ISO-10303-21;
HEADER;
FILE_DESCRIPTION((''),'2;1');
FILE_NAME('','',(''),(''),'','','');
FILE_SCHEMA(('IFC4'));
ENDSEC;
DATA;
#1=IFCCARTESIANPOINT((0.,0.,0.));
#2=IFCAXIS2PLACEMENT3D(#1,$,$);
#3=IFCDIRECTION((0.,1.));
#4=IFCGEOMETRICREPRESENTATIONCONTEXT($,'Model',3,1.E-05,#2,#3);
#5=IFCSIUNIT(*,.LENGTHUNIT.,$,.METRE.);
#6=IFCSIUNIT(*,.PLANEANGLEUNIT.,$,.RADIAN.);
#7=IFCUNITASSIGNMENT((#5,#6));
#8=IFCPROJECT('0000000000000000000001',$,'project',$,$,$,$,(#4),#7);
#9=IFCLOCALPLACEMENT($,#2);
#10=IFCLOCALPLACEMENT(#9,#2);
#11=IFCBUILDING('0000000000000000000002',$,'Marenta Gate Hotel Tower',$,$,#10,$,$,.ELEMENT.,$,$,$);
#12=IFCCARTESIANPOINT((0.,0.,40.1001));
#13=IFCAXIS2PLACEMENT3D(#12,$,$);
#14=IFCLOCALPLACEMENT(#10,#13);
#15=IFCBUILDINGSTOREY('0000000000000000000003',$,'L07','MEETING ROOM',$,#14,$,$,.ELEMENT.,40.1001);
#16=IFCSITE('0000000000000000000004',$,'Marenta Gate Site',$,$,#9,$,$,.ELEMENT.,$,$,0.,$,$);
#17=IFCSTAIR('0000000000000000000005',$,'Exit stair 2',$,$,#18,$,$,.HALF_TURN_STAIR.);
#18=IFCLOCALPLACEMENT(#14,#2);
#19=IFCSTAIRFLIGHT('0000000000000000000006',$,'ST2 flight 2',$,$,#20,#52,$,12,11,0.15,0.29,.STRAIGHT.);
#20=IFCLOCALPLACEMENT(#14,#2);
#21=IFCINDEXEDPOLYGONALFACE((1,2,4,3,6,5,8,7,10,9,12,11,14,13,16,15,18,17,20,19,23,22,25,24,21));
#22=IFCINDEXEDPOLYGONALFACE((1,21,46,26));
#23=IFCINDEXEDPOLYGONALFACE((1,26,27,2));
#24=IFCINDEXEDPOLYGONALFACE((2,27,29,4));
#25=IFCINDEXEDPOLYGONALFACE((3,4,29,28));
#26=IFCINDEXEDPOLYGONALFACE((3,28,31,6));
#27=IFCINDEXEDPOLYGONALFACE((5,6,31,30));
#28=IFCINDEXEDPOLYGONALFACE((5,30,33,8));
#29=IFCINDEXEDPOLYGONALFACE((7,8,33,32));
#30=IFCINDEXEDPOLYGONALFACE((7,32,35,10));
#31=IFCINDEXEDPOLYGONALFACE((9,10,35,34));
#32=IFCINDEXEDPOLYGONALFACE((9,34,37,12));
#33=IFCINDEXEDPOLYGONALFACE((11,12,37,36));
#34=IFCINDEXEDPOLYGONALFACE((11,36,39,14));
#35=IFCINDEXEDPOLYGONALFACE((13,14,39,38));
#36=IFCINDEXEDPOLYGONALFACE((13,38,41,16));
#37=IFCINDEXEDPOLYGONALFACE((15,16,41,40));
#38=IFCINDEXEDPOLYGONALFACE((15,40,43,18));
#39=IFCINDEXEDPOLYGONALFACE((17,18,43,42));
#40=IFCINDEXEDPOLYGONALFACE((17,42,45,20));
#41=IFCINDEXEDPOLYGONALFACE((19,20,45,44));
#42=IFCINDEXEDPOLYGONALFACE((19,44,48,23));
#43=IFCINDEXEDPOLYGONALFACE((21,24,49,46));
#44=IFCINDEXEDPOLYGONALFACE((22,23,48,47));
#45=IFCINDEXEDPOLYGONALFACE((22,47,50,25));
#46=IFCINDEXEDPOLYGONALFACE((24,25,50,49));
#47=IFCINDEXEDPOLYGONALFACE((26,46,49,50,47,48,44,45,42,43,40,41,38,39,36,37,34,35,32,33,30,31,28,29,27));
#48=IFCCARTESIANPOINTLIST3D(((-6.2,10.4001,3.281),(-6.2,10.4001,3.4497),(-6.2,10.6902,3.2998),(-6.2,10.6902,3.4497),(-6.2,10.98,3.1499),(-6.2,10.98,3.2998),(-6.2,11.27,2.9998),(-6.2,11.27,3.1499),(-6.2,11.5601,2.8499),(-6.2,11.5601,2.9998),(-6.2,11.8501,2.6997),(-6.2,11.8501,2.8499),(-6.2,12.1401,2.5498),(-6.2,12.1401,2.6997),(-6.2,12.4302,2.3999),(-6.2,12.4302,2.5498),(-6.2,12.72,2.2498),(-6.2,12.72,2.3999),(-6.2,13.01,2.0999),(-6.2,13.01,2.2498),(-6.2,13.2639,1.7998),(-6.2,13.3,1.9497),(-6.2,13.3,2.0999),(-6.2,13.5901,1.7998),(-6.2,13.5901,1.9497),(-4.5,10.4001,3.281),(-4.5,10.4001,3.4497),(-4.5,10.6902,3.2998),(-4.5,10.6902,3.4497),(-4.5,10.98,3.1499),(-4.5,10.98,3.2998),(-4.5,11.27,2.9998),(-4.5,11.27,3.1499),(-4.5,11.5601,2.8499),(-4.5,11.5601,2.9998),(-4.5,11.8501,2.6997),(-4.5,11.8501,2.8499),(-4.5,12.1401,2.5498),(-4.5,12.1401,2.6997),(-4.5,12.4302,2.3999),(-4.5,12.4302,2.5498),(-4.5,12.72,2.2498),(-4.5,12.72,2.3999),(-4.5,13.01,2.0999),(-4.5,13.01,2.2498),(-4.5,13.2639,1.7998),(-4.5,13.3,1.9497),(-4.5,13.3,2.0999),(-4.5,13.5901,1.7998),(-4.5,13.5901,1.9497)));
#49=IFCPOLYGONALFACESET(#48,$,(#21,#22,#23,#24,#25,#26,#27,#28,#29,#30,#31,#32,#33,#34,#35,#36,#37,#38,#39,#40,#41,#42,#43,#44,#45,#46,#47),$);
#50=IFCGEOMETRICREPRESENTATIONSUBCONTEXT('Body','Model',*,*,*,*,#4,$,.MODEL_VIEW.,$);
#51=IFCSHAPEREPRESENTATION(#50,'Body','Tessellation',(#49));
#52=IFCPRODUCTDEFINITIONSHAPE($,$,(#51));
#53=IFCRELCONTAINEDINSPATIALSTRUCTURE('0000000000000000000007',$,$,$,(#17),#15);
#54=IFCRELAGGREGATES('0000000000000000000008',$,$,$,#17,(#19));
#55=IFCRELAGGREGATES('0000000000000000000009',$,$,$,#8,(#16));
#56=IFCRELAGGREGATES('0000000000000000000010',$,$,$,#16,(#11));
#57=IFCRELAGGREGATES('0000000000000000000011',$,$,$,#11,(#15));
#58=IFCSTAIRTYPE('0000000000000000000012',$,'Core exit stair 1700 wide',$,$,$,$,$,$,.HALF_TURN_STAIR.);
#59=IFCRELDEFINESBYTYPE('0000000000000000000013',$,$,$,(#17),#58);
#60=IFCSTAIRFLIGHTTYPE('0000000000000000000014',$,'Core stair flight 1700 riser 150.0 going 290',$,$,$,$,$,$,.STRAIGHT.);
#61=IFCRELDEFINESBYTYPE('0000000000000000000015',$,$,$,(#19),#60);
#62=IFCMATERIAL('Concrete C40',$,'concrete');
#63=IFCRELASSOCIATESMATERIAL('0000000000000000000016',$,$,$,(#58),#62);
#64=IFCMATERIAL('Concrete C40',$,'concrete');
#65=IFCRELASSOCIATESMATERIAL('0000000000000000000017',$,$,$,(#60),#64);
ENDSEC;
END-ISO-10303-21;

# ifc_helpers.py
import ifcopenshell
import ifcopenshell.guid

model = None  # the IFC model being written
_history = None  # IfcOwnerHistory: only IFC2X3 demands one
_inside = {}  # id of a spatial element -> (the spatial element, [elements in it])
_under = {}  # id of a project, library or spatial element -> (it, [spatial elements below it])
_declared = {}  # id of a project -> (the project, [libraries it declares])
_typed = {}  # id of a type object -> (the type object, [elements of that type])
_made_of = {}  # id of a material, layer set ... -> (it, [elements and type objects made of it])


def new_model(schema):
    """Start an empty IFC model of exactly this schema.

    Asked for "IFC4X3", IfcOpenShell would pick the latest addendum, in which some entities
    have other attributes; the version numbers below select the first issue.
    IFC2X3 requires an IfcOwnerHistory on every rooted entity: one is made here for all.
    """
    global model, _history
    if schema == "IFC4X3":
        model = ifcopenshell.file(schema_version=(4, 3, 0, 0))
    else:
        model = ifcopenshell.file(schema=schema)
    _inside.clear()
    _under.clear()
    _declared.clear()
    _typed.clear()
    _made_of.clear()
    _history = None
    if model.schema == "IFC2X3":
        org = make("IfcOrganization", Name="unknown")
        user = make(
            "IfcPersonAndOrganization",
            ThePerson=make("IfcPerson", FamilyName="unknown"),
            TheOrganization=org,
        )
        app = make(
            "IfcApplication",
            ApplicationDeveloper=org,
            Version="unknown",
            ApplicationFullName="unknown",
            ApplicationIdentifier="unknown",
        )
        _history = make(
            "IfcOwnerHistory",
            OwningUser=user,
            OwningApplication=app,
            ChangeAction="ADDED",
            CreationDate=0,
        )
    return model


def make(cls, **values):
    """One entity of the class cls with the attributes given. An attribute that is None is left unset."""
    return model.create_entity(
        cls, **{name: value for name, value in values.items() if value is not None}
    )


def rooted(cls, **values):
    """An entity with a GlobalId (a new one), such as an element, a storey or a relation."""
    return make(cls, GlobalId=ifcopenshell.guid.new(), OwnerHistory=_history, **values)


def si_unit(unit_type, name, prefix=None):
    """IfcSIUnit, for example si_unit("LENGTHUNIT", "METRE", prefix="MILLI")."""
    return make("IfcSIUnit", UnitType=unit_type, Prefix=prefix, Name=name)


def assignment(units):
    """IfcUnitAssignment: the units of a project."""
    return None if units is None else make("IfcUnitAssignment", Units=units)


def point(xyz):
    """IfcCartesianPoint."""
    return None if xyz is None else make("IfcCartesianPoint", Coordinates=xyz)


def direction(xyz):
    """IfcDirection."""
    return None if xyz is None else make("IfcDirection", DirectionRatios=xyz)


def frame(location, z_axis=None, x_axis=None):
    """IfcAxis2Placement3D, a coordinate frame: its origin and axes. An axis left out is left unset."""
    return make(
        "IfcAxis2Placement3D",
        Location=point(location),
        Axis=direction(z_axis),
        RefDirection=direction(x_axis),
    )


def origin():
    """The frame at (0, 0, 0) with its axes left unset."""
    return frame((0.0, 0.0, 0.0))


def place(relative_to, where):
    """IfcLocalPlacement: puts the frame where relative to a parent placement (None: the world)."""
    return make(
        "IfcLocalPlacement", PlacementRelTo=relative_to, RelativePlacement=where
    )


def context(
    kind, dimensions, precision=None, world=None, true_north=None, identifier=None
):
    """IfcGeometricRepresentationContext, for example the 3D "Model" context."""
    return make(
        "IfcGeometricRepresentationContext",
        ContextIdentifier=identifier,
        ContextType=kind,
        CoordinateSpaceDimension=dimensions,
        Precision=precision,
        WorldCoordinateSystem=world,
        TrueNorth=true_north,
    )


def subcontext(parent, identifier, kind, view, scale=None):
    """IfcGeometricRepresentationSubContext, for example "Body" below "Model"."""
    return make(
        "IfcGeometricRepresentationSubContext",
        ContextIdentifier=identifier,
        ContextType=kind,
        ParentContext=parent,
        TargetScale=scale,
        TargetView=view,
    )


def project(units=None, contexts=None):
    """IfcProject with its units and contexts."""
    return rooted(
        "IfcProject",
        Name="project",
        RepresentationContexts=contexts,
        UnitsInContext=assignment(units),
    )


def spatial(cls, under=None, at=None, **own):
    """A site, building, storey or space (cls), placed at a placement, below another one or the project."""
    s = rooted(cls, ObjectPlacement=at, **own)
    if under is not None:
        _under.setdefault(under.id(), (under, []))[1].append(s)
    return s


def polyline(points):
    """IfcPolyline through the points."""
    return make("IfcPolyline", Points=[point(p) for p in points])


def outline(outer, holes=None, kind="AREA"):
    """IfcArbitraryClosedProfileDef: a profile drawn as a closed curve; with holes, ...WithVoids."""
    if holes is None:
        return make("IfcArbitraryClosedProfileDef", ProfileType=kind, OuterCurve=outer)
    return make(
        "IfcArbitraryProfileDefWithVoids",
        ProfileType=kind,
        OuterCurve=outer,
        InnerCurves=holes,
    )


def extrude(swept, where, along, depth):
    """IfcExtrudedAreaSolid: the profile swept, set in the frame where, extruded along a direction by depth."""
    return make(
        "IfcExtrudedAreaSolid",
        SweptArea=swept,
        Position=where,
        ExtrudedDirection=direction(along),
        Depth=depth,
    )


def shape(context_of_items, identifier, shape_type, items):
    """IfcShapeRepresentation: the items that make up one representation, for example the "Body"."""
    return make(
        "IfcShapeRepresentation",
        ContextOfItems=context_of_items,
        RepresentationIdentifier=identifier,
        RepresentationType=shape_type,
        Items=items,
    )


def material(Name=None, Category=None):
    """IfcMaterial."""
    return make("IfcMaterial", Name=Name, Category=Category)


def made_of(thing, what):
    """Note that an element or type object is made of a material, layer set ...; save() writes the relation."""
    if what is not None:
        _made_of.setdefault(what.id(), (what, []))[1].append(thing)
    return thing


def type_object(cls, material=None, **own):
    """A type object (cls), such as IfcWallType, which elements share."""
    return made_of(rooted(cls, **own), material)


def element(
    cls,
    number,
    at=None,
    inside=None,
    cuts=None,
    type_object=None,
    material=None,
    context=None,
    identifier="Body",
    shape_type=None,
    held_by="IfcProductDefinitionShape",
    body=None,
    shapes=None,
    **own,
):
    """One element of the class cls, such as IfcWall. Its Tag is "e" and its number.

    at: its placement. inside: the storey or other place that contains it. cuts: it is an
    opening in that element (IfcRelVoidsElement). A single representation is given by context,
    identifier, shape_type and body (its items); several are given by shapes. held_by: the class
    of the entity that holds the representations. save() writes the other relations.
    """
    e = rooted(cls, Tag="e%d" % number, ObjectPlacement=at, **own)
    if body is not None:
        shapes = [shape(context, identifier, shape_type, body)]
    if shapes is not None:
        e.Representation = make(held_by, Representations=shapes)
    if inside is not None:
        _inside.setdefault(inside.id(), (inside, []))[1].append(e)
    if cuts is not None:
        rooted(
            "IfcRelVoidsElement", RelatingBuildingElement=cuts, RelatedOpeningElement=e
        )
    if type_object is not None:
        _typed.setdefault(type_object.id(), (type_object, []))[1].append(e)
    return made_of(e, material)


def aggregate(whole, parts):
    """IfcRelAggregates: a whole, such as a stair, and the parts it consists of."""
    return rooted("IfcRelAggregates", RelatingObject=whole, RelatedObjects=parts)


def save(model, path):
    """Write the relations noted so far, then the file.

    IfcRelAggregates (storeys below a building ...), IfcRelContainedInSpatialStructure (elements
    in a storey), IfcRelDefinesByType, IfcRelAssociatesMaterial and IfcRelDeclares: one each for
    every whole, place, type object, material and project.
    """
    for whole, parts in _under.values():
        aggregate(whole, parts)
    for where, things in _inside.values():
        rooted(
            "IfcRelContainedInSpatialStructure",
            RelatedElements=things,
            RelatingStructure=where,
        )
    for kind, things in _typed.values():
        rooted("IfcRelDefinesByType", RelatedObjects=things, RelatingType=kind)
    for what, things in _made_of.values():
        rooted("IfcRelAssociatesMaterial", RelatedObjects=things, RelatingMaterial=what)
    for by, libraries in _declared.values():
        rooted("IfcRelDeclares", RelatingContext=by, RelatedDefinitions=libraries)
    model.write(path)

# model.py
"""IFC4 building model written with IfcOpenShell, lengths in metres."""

from ifc_helpers import new_model, si_unit, direction, frame, origin, place, context, subcontext, project, spatial, polyline, outline, extrude, material, type_object, element, aggregate, save


model = new_model("IFC4")

# Units and contexts
model_context = context("Model", 3, precision=1e-05, world=origin(), true_north=direction((0.0, 1.0)))
body_context = subcontext(model_context, "Body", "Model", "MODEL_VIEW")
ifc_project = project(units=[si_unit("LENGTHUNIT", "METRE"), si_unit("PLANEANGLEUNIT", "RADIAN")], contexts=[model_context])

# Site, building, storey
site_placement = place(None, origin())
site = spatial("IfcSite", under=ifc_project, at=site_placement, Name="Marenta Gate Site", CompositionType="ELEMENT", RefElevation=0.0)
building_placement = place(site_placement, origin())
building = spatial("IfcBuilding", under=site, at=building_placement, Name="Marenta Gate Hotel Tower", CompositionType="ELEMENT")
storey_placement = place(building_placement, frame((0.0, 0.0, 40.1001)))
storey = spatial("IfcBuildingStorey", under=building, at=storey_placement, Name="L07", Description="MEETING ROOM", CompositionType="ELEMENT", Elevation=40.1001)

# Stair, stair flight
ifc_material_1 = material(Name="Concrete C40", Category="concrete")
stair_type = type_object("IfcStairType", Name="Core exit stair 1700 wide", PredefinedType="HALF_TURN_STAIR", material=ifc_material_1)
ifc_material_2 = material(Name="Concrete C40", Category="concrete")
stair_flight_type = type_object("IfcStairFlightType", Name="Core stair flight 1700 riser 150.0 going 290", PredefinedType="STRAIGHT", material=ifc_material_2)
stair_1_placement = place(storey_placement, origin())
stair_1 = element("IfcStair", 1, at=stair_1_placement, inside=storey, type_object=stair_type, Name="Exit stair 2", PredefinedType="HALF_TURN_STAIR")
stair_flight_1_placement = place(storey_placement, frame((-5.3501, 13.5901, 1.7998), z_axis=(0.0, 0.0, 1.0), x_axis=(0.0, -1.0, 0.0)))
stair_flight_1 = element("IfcStairFlight", 2, at=stair_flight_1_placement, type_object=stair_flight_type, Name="ST2 flight 2", NumberOfRisers=12, NumberOfTreads=11, PredefinedType="STRAIGHT", RiserHeight=0.15, TreadLength=0.29, context=body_context, shape_type="SweptSolid", body=[
    extrude(outline(polyline([(0.0, 0.0), (0.0, 0.1499), (0.29, 0.1499), (0.29, 0.3), (0.5801, 0.3), (0.5801, 0.45), (0.8701, 0.45), (0.8701, 0.6001), (1.1599, 0.6001), (1.1599, 0.75), (1.45, 0.75), (1.45, 0.8999), (1.74, 0.8999), (1.74, 1.05), (2.03, 1.05), (2.03, 1.2), (2.3201, 1.2), (2.3201, 1.3501), (2.6101, 1.3501), (2.6101, 1.5), (2.8999, 1.5), (2.8999, 1.6499), (3.1899, 1.6499), (3.1899, 1.8), (3.1899, 1.4812), (0.3262, 0.0), (0.0, 0.0)])), frame((0.0, 0.8501, 0.0), z_axis=(0.0, -1.0, 0.0), x_axis=(1.0, 0.0, 0.0)), (0.0, 0.0, 1.0), 1.7),
])
aggregate(stair_1, [stair_flight_1])

save(model, "model.ifc")
